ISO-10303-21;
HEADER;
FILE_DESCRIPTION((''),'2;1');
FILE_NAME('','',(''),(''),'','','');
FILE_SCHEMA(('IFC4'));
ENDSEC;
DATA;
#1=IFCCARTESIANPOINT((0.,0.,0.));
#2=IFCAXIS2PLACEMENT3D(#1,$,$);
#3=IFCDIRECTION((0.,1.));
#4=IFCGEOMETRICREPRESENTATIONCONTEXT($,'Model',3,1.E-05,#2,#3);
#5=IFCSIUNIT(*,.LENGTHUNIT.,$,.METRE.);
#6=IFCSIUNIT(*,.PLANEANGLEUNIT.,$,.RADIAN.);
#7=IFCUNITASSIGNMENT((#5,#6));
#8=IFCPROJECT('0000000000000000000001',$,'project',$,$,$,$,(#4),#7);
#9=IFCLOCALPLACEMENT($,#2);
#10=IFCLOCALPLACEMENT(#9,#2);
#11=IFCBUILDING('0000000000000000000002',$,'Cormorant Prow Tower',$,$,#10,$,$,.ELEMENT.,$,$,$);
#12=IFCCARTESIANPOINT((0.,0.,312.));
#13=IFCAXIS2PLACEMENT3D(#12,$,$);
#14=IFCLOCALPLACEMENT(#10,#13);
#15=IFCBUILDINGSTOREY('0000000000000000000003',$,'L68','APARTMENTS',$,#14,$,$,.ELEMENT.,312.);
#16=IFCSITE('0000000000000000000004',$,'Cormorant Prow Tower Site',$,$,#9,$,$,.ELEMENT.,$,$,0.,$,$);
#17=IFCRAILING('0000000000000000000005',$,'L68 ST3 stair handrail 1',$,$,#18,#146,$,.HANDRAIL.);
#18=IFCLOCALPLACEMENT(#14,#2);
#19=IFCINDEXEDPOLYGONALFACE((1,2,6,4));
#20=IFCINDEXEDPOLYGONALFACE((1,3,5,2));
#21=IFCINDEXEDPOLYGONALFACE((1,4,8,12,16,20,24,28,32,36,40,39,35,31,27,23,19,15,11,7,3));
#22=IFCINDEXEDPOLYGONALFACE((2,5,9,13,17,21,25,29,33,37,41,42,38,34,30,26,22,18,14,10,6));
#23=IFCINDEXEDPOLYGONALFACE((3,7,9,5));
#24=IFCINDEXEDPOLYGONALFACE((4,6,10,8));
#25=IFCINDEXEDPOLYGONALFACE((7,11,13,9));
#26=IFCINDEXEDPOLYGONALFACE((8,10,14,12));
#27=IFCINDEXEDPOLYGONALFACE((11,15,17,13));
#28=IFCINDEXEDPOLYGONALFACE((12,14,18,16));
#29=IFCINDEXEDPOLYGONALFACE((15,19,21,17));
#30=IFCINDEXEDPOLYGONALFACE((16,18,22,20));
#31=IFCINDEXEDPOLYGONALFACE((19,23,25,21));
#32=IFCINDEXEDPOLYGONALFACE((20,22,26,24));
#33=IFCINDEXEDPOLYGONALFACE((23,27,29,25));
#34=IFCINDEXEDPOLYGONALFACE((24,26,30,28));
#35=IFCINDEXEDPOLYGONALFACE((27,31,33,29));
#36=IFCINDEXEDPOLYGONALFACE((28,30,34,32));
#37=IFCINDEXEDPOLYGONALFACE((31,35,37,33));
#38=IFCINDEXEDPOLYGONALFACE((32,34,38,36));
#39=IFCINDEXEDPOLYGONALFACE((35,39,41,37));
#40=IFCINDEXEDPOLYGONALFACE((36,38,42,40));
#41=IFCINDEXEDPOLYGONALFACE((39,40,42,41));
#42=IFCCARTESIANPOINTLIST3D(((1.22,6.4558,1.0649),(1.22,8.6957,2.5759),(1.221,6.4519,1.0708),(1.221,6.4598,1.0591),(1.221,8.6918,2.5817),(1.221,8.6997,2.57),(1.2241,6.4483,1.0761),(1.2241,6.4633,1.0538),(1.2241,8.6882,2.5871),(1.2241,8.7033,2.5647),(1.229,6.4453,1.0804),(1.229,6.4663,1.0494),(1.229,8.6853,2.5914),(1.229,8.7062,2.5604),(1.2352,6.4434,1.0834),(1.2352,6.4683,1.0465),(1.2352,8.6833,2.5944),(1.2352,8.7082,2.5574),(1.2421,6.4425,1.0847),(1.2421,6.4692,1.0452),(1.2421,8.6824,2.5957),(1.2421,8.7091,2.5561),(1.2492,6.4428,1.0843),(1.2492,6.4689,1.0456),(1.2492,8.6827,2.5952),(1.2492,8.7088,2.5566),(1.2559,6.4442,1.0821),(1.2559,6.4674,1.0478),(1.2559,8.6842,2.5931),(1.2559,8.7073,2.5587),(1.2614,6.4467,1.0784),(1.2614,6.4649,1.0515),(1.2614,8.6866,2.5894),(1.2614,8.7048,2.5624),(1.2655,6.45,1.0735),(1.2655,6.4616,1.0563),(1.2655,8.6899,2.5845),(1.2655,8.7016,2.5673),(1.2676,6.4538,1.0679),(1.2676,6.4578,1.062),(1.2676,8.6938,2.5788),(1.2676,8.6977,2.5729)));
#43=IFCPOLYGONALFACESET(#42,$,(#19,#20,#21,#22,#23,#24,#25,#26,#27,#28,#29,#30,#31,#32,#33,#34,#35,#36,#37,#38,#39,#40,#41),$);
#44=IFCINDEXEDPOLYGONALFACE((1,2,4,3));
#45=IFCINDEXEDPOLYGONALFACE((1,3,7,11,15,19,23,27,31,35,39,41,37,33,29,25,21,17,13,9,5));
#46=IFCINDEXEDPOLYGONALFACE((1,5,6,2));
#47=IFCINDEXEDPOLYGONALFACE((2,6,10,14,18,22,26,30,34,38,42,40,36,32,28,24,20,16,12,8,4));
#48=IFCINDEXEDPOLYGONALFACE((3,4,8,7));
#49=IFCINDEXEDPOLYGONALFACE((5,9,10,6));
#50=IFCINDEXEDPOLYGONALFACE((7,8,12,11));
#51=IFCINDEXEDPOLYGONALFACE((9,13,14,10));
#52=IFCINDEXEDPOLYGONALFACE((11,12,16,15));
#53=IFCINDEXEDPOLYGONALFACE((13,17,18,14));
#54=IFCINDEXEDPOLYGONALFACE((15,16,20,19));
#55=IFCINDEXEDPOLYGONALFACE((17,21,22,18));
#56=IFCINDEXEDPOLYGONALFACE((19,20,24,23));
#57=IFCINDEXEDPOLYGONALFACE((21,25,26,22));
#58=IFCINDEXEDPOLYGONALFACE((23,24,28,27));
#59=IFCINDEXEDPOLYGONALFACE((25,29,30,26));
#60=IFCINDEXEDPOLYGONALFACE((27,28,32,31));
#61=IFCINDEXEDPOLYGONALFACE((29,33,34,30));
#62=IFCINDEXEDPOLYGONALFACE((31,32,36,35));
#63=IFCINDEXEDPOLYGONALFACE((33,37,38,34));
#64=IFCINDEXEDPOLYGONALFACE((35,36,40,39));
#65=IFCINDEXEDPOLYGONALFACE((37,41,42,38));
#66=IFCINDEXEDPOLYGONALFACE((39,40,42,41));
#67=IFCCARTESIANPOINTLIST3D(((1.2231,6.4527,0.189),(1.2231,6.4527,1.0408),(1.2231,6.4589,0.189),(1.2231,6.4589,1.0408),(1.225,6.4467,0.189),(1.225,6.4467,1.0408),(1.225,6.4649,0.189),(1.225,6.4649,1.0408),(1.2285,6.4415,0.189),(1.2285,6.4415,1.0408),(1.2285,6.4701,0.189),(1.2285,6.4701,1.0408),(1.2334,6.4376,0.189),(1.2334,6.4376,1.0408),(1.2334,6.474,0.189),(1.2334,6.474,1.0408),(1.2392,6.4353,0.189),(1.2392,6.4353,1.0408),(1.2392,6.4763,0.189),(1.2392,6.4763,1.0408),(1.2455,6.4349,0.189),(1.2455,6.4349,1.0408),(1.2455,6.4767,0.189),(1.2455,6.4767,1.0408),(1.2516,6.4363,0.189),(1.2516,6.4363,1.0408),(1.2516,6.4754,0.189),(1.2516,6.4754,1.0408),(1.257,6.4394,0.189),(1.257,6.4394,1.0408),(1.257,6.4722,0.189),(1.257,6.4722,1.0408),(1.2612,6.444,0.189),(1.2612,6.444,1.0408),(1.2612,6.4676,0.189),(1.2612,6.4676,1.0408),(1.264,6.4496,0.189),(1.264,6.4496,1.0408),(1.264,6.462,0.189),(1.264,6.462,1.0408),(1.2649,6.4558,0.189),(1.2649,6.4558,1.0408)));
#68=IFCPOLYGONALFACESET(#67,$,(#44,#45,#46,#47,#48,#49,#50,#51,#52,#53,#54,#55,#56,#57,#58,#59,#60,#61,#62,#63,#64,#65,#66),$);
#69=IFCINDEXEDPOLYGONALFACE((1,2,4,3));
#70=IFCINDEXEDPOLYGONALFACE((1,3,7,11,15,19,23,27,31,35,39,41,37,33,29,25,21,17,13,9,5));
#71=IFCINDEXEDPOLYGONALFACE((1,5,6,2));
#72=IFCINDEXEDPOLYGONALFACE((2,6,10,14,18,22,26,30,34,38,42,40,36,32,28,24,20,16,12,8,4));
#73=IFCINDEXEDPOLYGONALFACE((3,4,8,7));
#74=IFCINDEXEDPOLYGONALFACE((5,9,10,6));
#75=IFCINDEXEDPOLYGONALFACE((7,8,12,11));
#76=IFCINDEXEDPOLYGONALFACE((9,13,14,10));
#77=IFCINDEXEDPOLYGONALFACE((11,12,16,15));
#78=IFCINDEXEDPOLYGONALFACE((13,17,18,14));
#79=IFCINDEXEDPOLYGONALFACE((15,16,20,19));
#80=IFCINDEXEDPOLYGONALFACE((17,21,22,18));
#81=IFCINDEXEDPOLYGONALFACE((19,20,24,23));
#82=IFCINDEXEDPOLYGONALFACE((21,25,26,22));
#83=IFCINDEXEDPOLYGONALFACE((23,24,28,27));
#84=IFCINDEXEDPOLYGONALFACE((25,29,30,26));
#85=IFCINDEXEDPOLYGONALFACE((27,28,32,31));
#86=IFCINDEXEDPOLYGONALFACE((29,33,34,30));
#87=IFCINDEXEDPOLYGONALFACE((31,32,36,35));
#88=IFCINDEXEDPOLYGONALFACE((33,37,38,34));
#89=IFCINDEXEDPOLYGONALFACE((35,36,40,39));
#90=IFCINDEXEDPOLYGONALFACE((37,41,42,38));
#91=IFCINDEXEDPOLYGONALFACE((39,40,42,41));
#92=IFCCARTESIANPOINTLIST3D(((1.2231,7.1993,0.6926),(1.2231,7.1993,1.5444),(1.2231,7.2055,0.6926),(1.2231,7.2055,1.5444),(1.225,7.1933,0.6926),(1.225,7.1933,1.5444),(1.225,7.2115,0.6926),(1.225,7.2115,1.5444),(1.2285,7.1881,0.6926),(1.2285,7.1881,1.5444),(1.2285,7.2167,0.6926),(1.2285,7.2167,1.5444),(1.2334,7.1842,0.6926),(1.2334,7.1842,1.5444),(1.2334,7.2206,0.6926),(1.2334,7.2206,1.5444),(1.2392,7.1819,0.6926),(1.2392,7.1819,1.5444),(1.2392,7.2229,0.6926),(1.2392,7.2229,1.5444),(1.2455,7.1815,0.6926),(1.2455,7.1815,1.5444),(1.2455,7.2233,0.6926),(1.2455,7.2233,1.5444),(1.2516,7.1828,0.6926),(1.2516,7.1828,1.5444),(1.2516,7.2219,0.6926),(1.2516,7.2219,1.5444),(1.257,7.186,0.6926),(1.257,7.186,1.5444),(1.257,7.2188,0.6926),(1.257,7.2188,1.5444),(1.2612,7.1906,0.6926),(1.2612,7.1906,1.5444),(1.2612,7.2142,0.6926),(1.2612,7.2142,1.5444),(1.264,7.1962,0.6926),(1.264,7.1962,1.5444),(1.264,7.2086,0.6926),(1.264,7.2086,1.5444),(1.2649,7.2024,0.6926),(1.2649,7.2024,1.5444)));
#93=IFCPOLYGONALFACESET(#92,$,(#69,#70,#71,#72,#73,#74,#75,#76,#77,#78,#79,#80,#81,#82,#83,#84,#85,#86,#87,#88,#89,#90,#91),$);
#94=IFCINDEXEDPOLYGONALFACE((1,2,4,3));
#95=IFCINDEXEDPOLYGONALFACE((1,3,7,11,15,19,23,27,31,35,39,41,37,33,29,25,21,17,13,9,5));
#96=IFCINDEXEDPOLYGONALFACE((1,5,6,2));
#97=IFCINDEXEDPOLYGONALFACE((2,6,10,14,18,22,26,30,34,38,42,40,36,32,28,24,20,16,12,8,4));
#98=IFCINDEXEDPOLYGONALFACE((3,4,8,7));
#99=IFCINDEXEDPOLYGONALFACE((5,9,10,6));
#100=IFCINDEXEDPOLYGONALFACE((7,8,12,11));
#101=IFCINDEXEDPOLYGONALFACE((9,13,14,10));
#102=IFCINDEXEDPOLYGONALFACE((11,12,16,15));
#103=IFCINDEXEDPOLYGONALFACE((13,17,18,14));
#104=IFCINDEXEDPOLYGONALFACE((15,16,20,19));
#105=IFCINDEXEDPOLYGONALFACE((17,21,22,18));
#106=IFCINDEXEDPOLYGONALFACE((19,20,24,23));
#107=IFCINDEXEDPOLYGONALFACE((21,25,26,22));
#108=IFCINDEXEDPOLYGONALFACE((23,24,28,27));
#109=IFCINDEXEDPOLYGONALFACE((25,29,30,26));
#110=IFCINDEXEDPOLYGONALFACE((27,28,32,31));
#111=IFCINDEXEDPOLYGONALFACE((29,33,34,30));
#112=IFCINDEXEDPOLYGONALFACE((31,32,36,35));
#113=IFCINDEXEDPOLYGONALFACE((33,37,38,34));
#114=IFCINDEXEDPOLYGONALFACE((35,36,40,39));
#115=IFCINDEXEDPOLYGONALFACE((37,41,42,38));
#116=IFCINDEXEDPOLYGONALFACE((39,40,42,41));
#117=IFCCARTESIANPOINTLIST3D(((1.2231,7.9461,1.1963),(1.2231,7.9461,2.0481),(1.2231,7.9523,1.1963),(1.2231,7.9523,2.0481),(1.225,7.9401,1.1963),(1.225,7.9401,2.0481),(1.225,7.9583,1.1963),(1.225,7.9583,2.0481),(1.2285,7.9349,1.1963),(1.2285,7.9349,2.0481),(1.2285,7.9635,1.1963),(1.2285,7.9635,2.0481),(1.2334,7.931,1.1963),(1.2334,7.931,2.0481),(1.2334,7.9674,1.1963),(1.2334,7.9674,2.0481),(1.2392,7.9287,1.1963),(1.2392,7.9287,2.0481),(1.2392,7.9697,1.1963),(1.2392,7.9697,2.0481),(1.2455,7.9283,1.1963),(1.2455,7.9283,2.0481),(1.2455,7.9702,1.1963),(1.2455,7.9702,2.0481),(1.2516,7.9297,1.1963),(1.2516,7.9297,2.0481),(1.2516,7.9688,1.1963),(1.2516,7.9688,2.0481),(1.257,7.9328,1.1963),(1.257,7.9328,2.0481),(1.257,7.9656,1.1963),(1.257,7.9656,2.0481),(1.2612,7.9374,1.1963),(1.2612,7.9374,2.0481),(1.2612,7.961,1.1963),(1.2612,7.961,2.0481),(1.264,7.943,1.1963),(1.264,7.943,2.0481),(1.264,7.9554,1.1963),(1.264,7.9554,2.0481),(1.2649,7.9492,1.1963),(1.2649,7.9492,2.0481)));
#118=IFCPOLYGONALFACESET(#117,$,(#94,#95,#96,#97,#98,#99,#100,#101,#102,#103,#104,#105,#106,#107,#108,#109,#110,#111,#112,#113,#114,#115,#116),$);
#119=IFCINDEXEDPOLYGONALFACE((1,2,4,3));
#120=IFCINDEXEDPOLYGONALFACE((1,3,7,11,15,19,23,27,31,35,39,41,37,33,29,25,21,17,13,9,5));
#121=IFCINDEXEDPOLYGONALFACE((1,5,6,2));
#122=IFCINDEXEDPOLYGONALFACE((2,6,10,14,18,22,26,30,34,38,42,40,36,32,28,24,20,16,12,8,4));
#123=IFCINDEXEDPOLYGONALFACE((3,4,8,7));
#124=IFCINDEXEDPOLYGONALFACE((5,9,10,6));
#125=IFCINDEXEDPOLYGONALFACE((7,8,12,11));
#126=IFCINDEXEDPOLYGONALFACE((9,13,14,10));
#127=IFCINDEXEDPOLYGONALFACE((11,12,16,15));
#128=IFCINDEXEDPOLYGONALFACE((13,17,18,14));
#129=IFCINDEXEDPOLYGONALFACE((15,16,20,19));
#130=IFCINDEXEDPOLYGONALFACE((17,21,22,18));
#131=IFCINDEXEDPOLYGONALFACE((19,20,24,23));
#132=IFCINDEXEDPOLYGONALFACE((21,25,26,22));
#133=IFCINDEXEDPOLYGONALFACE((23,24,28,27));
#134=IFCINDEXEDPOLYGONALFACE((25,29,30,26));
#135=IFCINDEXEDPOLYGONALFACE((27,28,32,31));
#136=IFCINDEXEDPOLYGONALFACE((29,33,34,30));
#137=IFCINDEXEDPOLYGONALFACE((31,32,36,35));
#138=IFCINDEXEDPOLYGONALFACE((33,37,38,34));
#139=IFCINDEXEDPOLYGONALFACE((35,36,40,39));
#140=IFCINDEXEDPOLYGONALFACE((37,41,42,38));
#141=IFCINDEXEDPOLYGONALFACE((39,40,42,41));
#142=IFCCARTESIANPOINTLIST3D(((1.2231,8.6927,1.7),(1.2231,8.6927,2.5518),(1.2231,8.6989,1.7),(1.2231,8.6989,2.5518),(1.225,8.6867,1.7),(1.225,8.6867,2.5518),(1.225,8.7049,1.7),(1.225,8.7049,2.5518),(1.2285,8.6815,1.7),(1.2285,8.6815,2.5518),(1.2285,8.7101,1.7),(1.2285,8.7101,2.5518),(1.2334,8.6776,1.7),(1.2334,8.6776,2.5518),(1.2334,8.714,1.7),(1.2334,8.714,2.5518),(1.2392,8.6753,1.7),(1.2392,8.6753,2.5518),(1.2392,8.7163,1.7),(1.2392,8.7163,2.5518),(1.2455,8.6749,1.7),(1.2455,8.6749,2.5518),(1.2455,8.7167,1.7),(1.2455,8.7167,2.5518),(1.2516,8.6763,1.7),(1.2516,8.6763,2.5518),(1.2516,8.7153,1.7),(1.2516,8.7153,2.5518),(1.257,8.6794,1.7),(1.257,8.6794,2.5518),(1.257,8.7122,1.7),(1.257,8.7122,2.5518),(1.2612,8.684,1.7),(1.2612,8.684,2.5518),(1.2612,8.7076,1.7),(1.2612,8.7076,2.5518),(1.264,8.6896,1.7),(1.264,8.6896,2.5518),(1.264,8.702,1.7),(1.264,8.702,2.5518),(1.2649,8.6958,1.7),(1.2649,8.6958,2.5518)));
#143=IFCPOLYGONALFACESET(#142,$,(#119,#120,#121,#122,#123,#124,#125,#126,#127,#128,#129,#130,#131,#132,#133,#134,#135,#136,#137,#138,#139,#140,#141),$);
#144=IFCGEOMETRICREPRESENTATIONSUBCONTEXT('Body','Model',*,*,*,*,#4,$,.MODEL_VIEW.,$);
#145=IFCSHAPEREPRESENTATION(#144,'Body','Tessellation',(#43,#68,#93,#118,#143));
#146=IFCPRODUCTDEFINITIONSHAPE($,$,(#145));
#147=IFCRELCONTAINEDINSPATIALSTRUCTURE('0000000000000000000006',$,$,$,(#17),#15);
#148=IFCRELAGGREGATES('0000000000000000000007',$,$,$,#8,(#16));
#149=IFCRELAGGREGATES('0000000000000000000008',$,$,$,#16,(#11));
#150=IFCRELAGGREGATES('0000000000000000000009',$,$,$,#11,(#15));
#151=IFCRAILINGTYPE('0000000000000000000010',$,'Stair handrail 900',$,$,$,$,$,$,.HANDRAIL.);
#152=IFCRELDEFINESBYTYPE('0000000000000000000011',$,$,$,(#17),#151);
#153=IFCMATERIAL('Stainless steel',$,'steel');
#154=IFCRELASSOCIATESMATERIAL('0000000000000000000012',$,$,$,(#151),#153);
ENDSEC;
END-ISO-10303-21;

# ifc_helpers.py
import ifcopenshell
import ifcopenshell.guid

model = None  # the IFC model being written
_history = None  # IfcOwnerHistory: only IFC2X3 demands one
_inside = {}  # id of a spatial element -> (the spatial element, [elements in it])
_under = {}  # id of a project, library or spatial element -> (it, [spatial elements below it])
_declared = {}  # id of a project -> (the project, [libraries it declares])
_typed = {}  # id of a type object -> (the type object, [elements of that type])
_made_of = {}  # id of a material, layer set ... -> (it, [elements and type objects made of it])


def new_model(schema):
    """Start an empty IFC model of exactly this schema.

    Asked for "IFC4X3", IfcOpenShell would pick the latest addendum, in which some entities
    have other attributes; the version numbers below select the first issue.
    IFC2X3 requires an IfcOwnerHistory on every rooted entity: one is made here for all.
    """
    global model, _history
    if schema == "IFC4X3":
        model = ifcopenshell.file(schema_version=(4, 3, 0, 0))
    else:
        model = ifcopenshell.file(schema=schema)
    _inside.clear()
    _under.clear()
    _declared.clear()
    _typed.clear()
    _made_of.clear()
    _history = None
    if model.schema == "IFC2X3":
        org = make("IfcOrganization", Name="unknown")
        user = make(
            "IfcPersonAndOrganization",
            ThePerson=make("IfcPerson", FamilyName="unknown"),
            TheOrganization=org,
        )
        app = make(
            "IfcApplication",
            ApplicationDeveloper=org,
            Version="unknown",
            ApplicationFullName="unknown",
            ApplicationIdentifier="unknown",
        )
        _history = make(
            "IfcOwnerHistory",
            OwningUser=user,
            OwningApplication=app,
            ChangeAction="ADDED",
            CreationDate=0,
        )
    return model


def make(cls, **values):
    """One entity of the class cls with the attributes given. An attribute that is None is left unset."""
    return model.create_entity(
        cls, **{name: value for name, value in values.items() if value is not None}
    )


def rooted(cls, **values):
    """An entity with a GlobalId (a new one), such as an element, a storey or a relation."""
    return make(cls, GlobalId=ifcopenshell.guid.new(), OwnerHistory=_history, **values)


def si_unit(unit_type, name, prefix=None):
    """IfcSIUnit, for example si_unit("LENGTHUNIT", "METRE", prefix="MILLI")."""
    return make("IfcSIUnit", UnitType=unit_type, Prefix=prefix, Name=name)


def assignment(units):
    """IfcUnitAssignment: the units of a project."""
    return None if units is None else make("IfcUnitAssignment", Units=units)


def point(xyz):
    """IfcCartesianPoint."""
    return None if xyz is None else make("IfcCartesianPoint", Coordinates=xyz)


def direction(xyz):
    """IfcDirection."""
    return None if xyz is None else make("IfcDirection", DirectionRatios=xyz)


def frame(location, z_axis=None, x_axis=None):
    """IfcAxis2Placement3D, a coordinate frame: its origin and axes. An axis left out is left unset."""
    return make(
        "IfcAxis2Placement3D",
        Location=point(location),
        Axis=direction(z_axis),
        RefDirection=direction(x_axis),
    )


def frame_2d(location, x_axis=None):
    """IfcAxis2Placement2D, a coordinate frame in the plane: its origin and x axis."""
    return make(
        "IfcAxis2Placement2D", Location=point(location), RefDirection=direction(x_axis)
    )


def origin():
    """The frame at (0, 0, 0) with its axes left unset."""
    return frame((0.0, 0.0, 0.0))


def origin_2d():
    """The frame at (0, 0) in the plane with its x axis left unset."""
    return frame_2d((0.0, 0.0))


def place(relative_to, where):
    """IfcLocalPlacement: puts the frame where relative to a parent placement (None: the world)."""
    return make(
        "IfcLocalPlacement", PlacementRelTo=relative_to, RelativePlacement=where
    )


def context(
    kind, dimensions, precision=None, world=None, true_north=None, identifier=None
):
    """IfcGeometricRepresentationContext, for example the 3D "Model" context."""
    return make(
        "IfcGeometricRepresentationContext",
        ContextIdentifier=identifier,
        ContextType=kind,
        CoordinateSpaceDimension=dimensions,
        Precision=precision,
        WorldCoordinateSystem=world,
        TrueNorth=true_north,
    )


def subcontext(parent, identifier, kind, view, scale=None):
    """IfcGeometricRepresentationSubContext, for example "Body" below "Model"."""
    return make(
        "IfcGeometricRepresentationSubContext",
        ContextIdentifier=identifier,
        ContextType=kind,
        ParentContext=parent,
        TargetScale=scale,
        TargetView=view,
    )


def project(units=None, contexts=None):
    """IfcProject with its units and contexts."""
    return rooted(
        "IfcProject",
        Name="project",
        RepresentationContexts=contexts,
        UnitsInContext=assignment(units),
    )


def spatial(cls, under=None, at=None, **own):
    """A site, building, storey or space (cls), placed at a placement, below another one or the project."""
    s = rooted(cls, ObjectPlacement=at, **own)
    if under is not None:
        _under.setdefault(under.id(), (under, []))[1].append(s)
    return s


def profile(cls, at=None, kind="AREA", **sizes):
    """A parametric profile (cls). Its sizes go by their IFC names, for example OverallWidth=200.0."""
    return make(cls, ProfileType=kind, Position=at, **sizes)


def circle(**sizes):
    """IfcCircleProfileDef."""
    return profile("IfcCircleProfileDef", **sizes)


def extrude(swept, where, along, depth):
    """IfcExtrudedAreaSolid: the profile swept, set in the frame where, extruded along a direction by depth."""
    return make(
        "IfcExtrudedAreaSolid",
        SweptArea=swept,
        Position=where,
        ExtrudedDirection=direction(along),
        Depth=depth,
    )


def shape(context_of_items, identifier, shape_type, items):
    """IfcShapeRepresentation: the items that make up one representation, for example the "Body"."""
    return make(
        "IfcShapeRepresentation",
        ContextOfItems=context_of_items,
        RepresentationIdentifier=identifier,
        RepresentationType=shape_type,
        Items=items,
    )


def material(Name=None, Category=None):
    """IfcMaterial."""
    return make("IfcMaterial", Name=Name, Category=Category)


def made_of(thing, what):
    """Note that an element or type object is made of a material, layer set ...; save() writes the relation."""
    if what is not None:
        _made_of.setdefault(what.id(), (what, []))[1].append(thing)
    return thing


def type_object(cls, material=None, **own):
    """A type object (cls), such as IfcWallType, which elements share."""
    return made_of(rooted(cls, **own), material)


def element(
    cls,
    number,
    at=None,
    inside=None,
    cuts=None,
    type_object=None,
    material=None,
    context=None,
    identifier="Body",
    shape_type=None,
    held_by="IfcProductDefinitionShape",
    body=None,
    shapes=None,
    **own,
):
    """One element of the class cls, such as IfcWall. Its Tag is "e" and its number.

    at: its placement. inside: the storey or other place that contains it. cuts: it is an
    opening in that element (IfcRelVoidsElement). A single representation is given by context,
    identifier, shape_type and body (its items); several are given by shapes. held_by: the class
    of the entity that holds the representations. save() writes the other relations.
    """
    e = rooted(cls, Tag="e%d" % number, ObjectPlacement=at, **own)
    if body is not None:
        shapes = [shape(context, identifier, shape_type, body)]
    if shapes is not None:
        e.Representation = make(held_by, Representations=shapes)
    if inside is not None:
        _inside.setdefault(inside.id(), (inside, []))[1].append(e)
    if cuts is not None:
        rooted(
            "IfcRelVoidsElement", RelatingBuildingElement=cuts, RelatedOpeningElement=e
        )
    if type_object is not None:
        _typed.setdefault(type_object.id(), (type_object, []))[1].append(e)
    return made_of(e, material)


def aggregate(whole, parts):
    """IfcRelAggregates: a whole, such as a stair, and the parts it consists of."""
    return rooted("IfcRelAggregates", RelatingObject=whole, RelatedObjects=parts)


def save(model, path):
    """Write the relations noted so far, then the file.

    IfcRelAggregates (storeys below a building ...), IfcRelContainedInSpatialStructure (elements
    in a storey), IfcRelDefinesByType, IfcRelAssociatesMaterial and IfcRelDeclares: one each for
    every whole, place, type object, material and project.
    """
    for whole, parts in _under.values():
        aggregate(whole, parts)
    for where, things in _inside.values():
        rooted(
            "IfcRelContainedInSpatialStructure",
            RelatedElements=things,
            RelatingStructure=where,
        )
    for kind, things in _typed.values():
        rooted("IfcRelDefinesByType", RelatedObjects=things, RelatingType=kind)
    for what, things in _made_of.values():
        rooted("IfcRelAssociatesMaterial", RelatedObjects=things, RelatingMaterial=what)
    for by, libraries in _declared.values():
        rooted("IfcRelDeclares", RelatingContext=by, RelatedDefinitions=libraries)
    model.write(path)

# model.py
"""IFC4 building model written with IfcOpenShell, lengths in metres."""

from ifc_helpers import new_model, si_unit, direction, frame, origin, origin_2d, place, context, subcontext, project, spatial, circle, extrude, material, type_object, element, save


model = new_model("IFC4")

# Units and contexts
model_context = context("Model", 3, precision=1e-05, world=origin(), true_north=direction((0.0, 1.0)))
body_context = subcontext(model_context, "Body", "Model", "MODEL_VIEW")
ifc_project = project(units=[si_unit("LENGTHUNIT", "METRE"), si_unit("PLANEANGLEUNIT", "RADIAN")], contexts=[model_context])

# Site, building, storey
site_placement = place(None, origin())
site = spatial("IfcSite", under=ifc_project, at=site_placement, Name="Cormorant Prow Tower Site", CompositionType="ELEMENT", RefElevation=0.0)
building_placement = place(site_placement, origin())
building = spatial("IfcBuilding", under=site, at=building_placement, Name="Cormorant Prow Tower", CompositionType="ELEMENT")
storey_placement = place(building_placement, frame((0.0, 0.0, 312.0)))
storey = spatial("IfcBuildingStorey", under=building, at=storey_placement, Name="L68", Description="APARTMENTS", CompositionType="ELEMENT", Elevation=312.0)

# Railing
ifc_material_1 = material(Name="Stainless steel", Category="steel")
railing_type_1 = type_object("IfcRailingType", Name="Stair handrail 900", PredefinedType="HANDRAIL", material=ifc_material_1)
railing_1_placement = place(storey_placement, frame((1.2439, 6.4558, 0.189)))
element("IfcRailing", 1, at=railing_1_placement, inside=storey, type_object=railing_type_1, Name="L68 ST3 stair handrail 1", PredefinedType="HANDRAIL", context=body_context, shape_type="SweptSolid", body=[
    extrude(circle(Radius=0.0239, at=origin_2d()), frame((0.0, 0.0, 0.876), z_axis=(0.0, 0.829021, 0.559217), x_axis=(-1.0, 0.0, 0.0)), (0.0, 0.0, 1.0), 2.7019),
    extrude(circle(Radius=0.021, at=origin_2d()), origin(), (0.0, 0.0, 1.0), 0.8518),
    extrude(circle(Radius=0.021, at=origin_2d()), frame((0.0, 0.7466, 0.5037)), (0.0, 0.0, 1.0), 0.8518),
    extrude(circle(Radius=0.021, at=origin_2d()), frame((0.0, 1.4934, 1.0073)), (0.0, 0.0, 1.0), 0.8518),
    extrude(circle(Radius=0.021, at=origin_2d()), frame((0.0, 2.24, 1.511)), (0.0, 0.0, 1.0), 0.8518),
])

save(model, "model.ifc")
